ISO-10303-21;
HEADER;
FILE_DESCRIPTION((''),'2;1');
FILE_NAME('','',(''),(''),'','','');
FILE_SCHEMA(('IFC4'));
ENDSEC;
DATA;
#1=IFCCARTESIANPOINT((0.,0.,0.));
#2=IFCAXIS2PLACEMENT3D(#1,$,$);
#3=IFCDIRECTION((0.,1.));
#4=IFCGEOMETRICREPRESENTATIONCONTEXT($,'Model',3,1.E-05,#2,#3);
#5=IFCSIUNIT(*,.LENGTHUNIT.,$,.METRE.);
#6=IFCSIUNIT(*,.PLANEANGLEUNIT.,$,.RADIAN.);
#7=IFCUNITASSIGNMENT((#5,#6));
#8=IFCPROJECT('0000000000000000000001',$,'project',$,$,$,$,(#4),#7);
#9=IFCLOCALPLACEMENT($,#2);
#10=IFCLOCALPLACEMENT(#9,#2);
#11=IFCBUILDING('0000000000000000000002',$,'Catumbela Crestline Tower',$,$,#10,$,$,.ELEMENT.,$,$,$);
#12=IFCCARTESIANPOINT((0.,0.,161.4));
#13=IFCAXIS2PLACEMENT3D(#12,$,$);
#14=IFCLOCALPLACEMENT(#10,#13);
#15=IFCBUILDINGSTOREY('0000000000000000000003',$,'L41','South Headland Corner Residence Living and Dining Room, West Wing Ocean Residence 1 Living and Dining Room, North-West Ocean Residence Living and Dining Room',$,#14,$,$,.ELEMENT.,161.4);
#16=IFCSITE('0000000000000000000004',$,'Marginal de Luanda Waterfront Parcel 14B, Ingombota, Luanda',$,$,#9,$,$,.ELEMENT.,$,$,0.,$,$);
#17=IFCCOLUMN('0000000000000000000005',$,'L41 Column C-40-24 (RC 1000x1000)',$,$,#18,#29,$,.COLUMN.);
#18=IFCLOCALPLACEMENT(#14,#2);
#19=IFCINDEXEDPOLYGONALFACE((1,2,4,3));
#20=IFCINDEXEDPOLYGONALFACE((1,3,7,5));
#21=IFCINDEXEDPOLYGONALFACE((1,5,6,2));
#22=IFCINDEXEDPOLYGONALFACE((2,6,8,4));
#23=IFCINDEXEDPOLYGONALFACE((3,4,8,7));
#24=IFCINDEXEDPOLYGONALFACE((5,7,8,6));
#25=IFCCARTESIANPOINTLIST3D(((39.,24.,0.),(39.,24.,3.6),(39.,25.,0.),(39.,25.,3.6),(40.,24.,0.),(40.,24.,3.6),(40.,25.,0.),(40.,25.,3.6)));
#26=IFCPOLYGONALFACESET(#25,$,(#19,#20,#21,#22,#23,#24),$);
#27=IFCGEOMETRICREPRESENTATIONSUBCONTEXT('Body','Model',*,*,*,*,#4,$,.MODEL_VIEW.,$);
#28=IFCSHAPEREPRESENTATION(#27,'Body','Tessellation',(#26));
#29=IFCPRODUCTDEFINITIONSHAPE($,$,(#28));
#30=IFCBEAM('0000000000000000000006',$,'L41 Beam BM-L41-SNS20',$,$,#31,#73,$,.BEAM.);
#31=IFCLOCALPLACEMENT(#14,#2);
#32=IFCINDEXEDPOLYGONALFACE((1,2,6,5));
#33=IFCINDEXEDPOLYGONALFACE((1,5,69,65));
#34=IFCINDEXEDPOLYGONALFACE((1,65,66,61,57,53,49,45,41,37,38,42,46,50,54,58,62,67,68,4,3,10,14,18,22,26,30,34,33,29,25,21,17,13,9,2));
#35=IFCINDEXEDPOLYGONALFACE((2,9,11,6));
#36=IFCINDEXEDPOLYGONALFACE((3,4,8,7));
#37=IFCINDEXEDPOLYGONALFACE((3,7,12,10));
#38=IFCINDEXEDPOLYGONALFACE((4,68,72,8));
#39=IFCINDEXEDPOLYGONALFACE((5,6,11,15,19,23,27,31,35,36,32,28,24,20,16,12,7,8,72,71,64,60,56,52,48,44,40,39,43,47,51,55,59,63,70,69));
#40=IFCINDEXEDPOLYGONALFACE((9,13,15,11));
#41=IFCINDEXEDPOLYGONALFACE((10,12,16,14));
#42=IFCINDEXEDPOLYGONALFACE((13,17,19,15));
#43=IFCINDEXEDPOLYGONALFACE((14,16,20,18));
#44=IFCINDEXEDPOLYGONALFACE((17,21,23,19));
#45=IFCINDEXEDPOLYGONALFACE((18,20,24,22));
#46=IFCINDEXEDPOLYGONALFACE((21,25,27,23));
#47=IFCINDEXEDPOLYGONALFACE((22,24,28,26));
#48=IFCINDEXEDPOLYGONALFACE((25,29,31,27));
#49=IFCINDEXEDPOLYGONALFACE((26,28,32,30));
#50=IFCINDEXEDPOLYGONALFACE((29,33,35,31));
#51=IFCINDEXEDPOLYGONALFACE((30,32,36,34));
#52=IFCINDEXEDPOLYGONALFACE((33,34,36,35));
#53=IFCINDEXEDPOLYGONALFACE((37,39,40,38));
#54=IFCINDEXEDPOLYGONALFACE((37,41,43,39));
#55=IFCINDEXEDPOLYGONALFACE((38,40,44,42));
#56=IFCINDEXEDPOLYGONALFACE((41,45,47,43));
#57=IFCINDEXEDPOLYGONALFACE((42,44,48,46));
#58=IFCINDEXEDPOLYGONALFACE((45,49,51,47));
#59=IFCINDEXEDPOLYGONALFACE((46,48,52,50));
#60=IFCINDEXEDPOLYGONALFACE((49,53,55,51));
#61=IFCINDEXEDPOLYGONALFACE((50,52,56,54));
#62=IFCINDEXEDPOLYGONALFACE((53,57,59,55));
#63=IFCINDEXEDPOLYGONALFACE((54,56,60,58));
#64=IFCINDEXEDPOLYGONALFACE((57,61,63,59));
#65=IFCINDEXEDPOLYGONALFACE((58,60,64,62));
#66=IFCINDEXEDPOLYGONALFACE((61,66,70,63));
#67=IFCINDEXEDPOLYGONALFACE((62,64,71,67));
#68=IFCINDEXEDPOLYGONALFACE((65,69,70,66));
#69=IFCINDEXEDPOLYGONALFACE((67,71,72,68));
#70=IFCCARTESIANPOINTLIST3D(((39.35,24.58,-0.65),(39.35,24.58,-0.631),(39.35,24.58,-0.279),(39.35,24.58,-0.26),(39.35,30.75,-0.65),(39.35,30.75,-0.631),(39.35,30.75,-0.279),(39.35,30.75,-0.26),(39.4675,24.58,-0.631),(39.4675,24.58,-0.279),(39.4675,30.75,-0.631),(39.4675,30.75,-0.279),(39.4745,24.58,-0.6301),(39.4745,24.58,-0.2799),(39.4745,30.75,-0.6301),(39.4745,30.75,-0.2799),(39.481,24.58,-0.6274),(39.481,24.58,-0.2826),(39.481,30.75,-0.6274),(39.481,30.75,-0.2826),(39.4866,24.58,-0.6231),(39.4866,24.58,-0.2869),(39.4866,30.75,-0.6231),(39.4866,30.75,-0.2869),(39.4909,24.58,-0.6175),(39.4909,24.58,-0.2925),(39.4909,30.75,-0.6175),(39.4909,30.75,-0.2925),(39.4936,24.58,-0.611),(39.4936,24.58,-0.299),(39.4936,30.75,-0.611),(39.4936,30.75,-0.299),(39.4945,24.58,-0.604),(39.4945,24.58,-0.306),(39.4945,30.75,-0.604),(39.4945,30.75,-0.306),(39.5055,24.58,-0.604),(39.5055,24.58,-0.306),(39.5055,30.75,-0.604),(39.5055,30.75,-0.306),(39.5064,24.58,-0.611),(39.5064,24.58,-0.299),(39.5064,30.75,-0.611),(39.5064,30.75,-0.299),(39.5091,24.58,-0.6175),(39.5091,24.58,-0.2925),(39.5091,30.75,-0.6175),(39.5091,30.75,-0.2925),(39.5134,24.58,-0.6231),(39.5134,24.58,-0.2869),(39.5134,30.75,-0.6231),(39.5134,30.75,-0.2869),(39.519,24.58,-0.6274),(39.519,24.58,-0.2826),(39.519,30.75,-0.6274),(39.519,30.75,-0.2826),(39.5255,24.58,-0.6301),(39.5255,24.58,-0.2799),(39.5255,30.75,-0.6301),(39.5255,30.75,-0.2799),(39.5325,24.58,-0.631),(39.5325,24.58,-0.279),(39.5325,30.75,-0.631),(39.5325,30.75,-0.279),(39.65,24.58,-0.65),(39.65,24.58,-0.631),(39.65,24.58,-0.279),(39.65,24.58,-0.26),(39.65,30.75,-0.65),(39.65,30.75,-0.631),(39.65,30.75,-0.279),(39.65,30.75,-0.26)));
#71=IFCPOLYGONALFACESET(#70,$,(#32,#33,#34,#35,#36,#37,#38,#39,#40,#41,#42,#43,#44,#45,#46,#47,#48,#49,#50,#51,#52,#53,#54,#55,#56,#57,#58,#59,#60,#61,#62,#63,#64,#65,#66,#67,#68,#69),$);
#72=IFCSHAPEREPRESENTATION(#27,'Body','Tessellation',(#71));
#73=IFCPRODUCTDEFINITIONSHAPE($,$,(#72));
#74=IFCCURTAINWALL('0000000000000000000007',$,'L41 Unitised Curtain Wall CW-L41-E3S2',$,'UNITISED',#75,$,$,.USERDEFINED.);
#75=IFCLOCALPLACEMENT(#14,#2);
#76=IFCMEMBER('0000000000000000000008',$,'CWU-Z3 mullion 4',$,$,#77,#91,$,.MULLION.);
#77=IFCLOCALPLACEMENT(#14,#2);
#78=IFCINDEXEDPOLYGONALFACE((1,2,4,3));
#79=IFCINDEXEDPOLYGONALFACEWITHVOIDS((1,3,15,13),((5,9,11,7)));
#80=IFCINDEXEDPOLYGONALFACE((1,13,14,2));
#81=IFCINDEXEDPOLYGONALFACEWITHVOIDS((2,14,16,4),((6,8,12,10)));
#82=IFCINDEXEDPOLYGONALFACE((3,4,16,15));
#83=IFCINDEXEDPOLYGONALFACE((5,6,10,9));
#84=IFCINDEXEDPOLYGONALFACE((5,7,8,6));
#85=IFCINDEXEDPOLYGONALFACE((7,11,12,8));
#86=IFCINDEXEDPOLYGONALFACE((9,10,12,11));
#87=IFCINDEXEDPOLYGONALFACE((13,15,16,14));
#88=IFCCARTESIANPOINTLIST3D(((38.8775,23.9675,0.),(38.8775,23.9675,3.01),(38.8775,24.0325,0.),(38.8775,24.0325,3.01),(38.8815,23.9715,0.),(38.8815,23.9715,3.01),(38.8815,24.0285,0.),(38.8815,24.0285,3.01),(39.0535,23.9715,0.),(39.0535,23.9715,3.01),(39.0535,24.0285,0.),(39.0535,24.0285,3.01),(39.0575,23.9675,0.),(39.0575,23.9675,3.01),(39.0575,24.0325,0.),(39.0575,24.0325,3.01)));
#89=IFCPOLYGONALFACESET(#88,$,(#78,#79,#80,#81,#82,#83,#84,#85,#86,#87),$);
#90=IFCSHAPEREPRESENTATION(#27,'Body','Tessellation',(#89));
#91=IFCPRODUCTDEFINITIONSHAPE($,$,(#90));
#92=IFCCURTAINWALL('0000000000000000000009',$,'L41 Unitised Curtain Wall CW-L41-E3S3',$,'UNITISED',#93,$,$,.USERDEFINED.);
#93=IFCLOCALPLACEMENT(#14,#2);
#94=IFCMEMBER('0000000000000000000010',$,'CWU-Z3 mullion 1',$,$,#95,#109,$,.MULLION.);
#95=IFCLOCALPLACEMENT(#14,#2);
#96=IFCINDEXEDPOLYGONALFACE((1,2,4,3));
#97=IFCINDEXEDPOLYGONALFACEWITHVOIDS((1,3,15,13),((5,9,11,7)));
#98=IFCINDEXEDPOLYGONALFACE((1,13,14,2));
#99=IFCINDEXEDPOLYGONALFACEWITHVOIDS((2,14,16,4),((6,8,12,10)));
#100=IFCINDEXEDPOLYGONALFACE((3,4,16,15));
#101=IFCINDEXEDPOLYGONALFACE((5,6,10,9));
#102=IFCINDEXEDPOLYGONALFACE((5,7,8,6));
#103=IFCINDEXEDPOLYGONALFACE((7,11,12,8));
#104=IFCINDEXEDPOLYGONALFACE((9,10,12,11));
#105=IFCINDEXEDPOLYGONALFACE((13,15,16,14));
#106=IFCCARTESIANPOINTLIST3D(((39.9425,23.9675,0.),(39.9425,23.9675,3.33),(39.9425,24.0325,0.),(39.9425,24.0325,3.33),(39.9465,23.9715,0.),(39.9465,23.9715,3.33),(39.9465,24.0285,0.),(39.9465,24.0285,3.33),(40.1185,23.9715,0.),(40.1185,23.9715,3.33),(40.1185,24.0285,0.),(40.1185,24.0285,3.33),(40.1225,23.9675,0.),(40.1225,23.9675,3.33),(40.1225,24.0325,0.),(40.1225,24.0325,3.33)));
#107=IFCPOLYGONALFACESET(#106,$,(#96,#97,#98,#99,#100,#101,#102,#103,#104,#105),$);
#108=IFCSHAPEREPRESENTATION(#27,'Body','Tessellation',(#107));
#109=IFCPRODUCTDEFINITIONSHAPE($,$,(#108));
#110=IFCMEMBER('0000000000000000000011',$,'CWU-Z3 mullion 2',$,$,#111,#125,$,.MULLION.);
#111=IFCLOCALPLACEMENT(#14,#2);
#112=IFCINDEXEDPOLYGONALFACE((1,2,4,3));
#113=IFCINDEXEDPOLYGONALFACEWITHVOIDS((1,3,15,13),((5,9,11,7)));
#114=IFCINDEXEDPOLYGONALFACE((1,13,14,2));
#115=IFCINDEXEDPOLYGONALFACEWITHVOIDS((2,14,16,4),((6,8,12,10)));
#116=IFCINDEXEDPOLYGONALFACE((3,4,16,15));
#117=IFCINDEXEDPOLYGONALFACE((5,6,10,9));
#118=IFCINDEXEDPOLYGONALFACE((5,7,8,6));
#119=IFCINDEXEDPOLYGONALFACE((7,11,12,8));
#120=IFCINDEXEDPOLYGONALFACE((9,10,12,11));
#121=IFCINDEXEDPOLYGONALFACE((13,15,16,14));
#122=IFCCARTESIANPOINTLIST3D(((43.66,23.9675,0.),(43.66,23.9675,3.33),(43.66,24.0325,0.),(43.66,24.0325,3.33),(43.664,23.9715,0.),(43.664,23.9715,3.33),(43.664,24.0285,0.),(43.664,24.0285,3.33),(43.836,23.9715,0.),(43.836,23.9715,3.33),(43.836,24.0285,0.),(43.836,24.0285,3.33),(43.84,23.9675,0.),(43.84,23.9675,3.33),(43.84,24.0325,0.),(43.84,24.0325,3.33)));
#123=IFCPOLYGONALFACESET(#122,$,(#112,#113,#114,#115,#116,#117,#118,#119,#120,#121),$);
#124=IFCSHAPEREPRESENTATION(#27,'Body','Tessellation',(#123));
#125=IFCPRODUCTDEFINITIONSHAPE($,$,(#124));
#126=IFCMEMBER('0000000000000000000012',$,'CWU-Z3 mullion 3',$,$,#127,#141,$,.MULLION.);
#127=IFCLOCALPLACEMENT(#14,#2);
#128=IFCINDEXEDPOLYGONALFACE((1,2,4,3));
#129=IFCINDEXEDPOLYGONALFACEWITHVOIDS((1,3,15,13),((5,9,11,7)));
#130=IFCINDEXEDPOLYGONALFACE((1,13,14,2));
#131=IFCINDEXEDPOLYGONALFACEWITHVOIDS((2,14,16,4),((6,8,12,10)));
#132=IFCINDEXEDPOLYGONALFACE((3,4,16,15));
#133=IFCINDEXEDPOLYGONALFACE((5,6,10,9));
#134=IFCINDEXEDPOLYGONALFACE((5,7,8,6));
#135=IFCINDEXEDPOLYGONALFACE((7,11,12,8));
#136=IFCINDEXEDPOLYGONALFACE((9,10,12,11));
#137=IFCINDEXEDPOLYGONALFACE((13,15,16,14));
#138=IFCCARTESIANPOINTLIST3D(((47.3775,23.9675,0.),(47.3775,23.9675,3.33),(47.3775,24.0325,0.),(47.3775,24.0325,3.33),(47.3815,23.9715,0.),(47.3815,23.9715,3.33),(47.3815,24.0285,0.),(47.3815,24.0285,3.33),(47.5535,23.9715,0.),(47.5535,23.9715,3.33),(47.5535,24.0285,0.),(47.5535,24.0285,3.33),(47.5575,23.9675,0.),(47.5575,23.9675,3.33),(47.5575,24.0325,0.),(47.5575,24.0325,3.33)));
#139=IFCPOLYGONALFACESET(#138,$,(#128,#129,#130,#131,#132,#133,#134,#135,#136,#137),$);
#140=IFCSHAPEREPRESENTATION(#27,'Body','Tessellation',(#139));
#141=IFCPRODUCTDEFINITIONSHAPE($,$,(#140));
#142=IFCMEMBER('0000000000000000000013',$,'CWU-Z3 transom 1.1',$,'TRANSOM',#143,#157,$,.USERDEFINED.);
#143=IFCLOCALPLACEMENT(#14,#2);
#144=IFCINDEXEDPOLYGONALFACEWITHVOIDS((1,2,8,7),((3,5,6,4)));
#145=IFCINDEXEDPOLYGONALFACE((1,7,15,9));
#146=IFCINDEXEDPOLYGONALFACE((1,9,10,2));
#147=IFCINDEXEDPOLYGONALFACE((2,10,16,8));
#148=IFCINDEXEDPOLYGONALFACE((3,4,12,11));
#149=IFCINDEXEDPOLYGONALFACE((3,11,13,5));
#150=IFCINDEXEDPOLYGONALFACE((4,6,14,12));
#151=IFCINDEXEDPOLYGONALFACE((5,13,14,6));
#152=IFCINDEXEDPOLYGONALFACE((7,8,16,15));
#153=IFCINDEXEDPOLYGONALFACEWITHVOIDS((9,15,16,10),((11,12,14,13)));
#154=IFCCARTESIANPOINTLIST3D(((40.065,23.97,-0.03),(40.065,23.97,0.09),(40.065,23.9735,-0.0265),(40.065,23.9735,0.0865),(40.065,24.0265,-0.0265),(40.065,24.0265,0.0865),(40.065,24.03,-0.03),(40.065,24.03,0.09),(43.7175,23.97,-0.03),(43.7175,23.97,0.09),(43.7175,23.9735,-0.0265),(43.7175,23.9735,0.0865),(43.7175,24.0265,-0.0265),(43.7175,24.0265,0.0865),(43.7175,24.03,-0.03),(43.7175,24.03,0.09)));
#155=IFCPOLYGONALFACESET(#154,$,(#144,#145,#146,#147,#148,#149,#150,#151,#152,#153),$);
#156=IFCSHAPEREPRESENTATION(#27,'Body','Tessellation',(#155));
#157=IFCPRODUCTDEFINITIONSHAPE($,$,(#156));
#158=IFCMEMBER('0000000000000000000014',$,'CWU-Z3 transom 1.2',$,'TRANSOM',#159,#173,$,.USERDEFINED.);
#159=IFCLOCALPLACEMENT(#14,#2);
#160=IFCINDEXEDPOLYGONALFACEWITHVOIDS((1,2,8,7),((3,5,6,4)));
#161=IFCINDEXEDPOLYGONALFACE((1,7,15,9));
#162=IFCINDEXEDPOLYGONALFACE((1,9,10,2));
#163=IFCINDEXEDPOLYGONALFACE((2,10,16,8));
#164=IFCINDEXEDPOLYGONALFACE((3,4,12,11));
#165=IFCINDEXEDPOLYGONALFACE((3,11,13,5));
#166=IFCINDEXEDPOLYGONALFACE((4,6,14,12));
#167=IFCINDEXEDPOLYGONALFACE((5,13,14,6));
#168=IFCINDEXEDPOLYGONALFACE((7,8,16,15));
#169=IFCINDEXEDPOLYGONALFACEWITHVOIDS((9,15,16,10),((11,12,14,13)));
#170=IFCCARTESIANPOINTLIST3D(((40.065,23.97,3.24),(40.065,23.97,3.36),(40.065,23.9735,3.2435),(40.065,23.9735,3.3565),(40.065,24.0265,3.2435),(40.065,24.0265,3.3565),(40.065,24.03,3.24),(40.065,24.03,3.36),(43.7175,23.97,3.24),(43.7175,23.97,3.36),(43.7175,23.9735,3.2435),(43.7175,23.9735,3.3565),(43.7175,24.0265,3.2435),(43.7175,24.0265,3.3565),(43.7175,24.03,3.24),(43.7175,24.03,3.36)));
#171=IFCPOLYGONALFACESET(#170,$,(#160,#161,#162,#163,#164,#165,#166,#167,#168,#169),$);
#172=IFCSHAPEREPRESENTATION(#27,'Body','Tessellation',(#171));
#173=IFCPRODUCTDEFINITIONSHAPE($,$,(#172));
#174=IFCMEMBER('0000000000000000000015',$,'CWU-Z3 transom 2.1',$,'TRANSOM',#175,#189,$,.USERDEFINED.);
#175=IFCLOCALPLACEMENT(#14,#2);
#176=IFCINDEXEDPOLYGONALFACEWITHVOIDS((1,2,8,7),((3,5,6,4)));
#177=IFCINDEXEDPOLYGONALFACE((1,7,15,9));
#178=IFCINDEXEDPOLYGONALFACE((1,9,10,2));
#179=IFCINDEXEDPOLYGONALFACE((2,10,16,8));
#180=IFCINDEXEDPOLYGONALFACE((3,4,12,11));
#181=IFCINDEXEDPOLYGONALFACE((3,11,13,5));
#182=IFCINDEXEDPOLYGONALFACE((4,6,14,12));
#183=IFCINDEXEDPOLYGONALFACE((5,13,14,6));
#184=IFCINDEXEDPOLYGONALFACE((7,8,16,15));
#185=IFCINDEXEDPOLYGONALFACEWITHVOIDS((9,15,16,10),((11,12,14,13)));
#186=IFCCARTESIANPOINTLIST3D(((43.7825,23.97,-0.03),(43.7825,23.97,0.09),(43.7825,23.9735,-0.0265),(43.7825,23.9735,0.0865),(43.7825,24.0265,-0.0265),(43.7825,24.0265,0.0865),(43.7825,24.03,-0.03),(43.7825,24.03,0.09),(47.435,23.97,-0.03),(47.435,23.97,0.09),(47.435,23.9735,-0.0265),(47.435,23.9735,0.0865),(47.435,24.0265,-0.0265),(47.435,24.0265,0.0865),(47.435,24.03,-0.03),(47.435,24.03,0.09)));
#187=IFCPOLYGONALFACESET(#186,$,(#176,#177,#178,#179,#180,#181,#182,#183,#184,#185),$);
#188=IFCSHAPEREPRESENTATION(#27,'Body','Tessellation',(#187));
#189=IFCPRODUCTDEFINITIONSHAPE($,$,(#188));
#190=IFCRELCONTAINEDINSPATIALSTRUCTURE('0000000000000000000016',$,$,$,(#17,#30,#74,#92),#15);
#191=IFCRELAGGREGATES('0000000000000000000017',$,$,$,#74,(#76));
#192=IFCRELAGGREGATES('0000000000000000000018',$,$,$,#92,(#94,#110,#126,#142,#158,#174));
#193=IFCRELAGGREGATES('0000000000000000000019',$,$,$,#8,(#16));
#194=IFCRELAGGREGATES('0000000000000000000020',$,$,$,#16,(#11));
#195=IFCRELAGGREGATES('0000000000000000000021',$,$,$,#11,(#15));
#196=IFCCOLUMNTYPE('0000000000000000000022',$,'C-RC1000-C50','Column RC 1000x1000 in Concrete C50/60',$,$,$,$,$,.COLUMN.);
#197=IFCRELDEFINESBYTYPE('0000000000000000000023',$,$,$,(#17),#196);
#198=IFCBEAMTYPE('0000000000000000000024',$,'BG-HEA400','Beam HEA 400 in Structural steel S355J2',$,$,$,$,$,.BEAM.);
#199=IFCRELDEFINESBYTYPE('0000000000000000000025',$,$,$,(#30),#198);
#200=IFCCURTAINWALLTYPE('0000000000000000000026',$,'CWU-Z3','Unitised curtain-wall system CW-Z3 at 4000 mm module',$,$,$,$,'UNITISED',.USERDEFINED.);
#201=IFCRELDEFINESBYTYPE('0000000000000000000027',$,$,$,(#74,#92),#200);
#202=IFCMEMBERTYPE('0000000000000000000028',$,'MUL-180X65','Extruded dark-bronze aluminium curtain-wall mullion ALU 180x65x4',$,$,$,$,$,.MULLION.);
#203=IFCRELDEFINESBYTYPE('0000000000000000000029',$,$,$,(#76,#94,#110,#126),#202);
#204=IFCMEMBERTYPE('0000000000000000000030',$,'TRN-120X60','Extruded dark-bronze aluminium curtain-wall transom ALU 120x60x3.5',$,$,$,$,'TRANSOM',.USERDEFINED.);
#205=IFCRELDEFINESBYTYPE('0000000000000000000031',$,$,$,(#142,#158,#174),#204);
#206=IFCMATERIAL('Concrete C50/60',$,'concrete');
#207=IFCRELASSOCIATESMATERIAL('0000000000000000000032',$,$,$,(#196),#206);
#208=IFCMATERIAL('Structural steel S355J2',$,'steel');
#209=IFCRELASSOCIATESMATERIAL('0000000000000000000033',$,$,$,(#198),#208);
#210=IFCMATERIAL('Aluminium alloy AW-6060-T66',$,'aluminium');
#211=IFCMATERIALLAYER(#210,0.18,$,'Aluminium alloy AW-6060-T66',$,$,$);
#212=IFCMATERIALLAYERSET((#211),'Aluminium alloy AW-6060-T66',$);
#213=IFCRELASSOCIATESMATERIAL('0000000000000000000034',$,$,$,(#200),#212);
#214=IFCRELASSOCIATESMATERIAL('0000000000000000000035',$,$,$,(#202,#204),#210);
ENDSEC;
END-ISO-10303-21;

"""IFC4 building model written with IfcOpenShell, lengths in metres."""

from ifc_helpers import new_model, si_unit, direction, frame, origin, origin_2d, place, context, subcontext, project, spatial, rectangle, hollow_rectangle, i_section, extrude, material, layer, layer_set, material_profile, profile_set, type_object, element, aggregate, save


model = new_model("IFC4")

# Units and contexts
model_context = context("Model", 3, precision=1e-05, world=origin(), true_north=direction((0.0, 1.0)))
body_context = subcontext(model_context, "Body", "Model", "MODEL_VIEW")
ifc_project = project(units=[si_unit("LENGTHUNIT", "METRE"), si_unit("PLANEANGLEUNIT", "RADIAN")], contexts=[model_context])

# Site, building, storey
site_placement = place(None, origin())
site = spatial("IfcSite", under=ifc_project, at=site_placement, Name="Marginal de Luanda Waterfront Parcel 14B, Ingombota, Luanda", CompositionType="ELEMENT", RefElevation=0.0)
building_placement = place(site_placement, origin())
building = spatial("IfcBuilding", under=site, at=building_placement, Name="Catumbela Crestline Tower", CompositionType="ELEMENT")
storey_placement = place(building_placement, frame((0.0, 0.0, 161.4)))
storey = spatial("IfcBuildingStorey", under=building, at=storey_placement, Name="L41", Description="South Headland Corner Residence Living and Dining Room, West Wing Ocean Residence 1 Living and Dining Room, North-West Ocean Residence Living and Dining Room", CompositionType="ELEMENT", Elevation=161.4)

# Column
ifc_material_1 = material(Name="Concrete C50/60", Category="concrete")
ifc_material_profile_1 = material_profile(ifc_material_1, rectangle(XDim=1.0, YDim=1.0, at=origin_2d()), Name="RC 1000x1000")
ifc_profile_set_1 = profile_set([ifc_material_profile_1], Name="Concrete C50/60")
column_type = type_object("IfcColumnType", Name="C-RC1000-C50", Description="Column RC 1000x1000 in Concrete C50/60", PredefinedType="COLUMN", material=ifc_profile_set_1)
column_placement = place(storey_placement, frame((39.5, 24.5, 0.0), z_axis=(0.0, 0.0, 1.0), x_axis=(1.0, 0.0, 0.0)))
element("IfcColumn", 1, at=column_placement, inside=storey, type_object=column_type, Name="L41 Column C-40-24 (RC 1000x1000)", PredefinedType="COLUMN", context=body_context, shape_type="SweptSolid", body=[
    extrude(rectangle(XDim=1.0, YDim=1.0, at=origin_2d()), origin(), (0.0, 0.0, 1.0), 3.6),
])

# Beam
ifc_material_2 = material(Name="Structural steel S355J2", Category="steel")
ifc_material_profile_2 = material_profile(ifc_material_2, i_section(OverallWidth=0.3, OverallDepth=0.39, WebThickness=0.011, FlangeThickness=0.019, FilletRadius=0.027, at=origin_2d()), Name="HEA 400")
ifc_profile_set_2 = profile_set([ifc_material_profile_2], Name="Structural steel S355J2")
beam_type = type_object("IfcBeamType", Name="BG-HEA400", Description="Beam HEA 400 in Structural steel S355J2", PredefinedType="BEAM", material=ifc_profile_set_2)
beam_placement = place(storey_placement, frame((39.5, 24.58, -0.455), z_axis=(0.0, 1.0, 0.0), x_axis=(-1.0, 0.0, 0.0)))
element("IfcBeam", 2, at=beam_placement, inside=storey, type_object=beam_type, Name="L41 Beam BM-L41-SNS20", PredefinedType="BEAM", context=body_context, shape_type="SweptSolid", body=[
    extrude(i_section(OverallWidth=0.3, OverallDepth=0.39, WebThickness=0.011, FlangeThickness=0.019, FilletRadius=0.027, at=origin_2d()), origin(), (0.0, 0.0, 1.0), 6.17),
])

# Curtain wall, member
ifc_material_3 = material(Name="Aluminium alloy AW-6060-T66", Category="aluminium")
ifc_layer_1 = layer(ifc_material_3, 0.18, Name="Aluminium alloy AW-6060-T66")
ifc_layer_set_1 = layer_set([ifc_layer_1], Name="Aluminium alloy AW-6060-T66")
curtain_wall_type = type_object("IfcCurtainWallType", Name="CWU-Z3", Description="Unitised curtain-wall system CW-Z3 at 4000 mm module", ElementType="UNITISED", PredefinedType="USERDEFINED", material=ifc_layer_set_1)
curtain_wall_1_placement = place(storey_placement, origin())
curtain_wall_1 = element("IfcCurtainWall", 3, at=curtain_wall_1_placement, inside=storey, type_object=curtain_wall_type, Name="L41 Unitised Curtain Wall CW-L41-E3S2", ObjectType="UNITISED", PredefinedType="USERDEFINED")
ifc_material_profile_3 = material_profile(ifc_material_3, hollow_rectangle(XDim=0.065, YDim=0.18, WallThickness=0.004, at=origin_2d()), Name="ALU 180x65x4")
ifc_profile_set_3 = profile_set([ifc_material_profile_3], Name="Aluminium alloy AW-6060-T66")
member_type_1 = type_object("IfcMemberType", Name="MUL-180X65", Description="Extruded dark-bronze aluminium curtain-wall mullion ALU 180x65x4", PredefinedType="MULLION", material=ifc_profile_set_3)
member_1_placement = place(storey_placement, frame((38.9675, 24.0, 0.0), z_axis=(0.0, 0.0, 1.0), x_axis=(0.0, 1.0, 0.0)))
member_1 = element("IfcMember", 4, at=member_1_placement, type_object=member_type_1, Name="CWU-Z3 mullion 4", PredefinedType="MULLION", context=body_context, shape_type="SweptSolid", body=[
    extrude(hollow_rectangle(XDim=0.065, YDim=0.18, WallThickness=0.004, at=origin_2d()), origin(), (0.0, 0.0, 1.0), 3.01),
])

# Curtain wall, members
curtain_wall_2_placement = place(storey_placement, origin())
curtain_wall_2 = element("IfcCurtainWall", 5, at=curtain_wall_2_placement, inside=storey, type_object=curtain_wall_type, Name="L41 Unitised Curtain Wall CW-L41-E3S3", ObjectType="UNITISED", PredefinedType="USERDEFINED")
member_2_placement = place(storey_placement, frame((40.0325, 24.0, 0.0), z_axis=(0.0, 0.0, 1.0), x_axis=(0.0, 1.0, 0.0)))
member_2 = element("IfcMember", 6, at=member_2_placement, type_object=member_type_1, Name="CWU-Z3 mullion 1", PredefinedType="MULLION", context=body_context, shape_type="SweptSolid", body=[
    extrude(hollow_rectangle(XDim=0.065, YDim=0.18, WallThickness=0.004, at=origin_2d()), origin(), (0.0, 0.0, 1.0), 3.33),
])
member_3_placement = place(storey_placement, frame((43.75, 24.0, 0.0), z_axis=(0.0, 0.0, 1.0), x_axis=(0.0, 1.0, 0.0)))
member_3 = element("IfcMember", 7, at=member_3_placement, type_object=member_type_1, Name="CWU-Z3 mullion 2", PredefinedType="MULLION", context=body_context, shape_type="SweptSolid", body=[
    extrude(hollow_rectangle(XDim=0.065, YDim=0.18, WallThickness=0.004, at=origin_2d()), origin(), (0.0, 0.0, 1.0), 3.33),
])
member_4_placement = place(storey_placement, frame((47.4675, 24.0, 0.0), z_axis=(0.0, 0.0, 1.0), x_axis=(0.0, 1.0, 0.0)))
member_4 = element("IfcMember", 8, at=member_4_placement, type_object=member_type_1, Name="CWU-Z3 mullion 3", PredefinedType="MULLION", context=body_context, shape_type="SweptSolid", body=[
    extrude(hollow_rectangle(XDim=0.065, YDim=0.18, WallThickness=0.004, at=origin_2d()), origin(), (0.0, 0.0, 1.0), 3.33),
])
ifc_material_profile_4 = material_profile(ifc_material_3, hollow_rectangle(XDim=0.06, YDim=0.12, WallThickness=0.0035, at=origin_2d()), Name="ALU 120x60x3.5")
ifc_profile_set_4 = profile_set([ifc_material_profile_4], Name="Aluminium alloy AW-6060-T66")
member_type_2 = type_object("IfcMemberType", Name="TRN-120X60", Description="Extruded dark-bronze aluminium curtain-wall transom ALU 120x60x3.5", ElementType="TRANSOM", PredefinedType="USERDEFINED", material=ifc_profile_set_4)
member_5_placement = place(storey_placement, frame((40.065, 24.0, 0.03), z_axis=(1.0, 0.0, 0.0), x_axis=(0.0, 1.0, 0.0)))
member_5 = element("IfcMember", 9, at=member_5_placement, type_object=member_type_2, Name="CWU-Z3 transom 1.1", ObjectType="TRANSOM", PredefinedType="USERDEFINED", context=body_context, shape_type="SweptSolid", body=[
    extrude(hollow_rectangle(XDim=0.06, YDim=0.12, WallThickness=0.0035, at=origin_2d()), origin(), (0.0, 0.0, 1.0), 3.6525),
])
member_6_placement = place(storey_placement, frame((40.065, 24.0, 3.3), z_axis=(1.0, 0.0, 0.0), x_axis=(0.0, 1.0, 0.0)))
member_6 = element("IfcMember", 10, at=member_6_placement, type_object=member_type_2, Name="CWU-Z3 transom 1.2", ObjectType="TRANSOM", PredefinedType="USERDEFINED", context=body_context, shape_type="SweptSolid", body=[
    extrude(hollow_rectangle(XDim=0.06, YDim=0.12, WallThickness=0.0035, at=origin_2d()), origin(), (0.0, 0.0, 1.0), 3.6525),
])
member_7_placement = place(storey_placement, frame((43.7825, 24.0, 0.03), z_axis=(1.0, 0.0, 0.0), x_axis=(0.0, 1.0, 0.0)))
member_7 = element("IfcMember", 11, at=member_7_placement, type_object=member_type_2, Name="CWU-Z3 transom 2.1", ObjectType="TRANSOM", PredefinedType="USERDEFINED", context=body_context, shape_type="SweptSolid", body=[
    extrude(hollow_rectangle(XDim=0.06, YDim=0.12, WallThickness=0.0035, at=origin_2d()), origin(), (0.0, 0.0, 1.0), 3.6525),
])

aggregate(curtain_wall_1, [member_1])
aggregate(curtain_wall_2, [member_2, member_3, member_4, member_5, member_6, member_7])

save(model, "model.ifc")
